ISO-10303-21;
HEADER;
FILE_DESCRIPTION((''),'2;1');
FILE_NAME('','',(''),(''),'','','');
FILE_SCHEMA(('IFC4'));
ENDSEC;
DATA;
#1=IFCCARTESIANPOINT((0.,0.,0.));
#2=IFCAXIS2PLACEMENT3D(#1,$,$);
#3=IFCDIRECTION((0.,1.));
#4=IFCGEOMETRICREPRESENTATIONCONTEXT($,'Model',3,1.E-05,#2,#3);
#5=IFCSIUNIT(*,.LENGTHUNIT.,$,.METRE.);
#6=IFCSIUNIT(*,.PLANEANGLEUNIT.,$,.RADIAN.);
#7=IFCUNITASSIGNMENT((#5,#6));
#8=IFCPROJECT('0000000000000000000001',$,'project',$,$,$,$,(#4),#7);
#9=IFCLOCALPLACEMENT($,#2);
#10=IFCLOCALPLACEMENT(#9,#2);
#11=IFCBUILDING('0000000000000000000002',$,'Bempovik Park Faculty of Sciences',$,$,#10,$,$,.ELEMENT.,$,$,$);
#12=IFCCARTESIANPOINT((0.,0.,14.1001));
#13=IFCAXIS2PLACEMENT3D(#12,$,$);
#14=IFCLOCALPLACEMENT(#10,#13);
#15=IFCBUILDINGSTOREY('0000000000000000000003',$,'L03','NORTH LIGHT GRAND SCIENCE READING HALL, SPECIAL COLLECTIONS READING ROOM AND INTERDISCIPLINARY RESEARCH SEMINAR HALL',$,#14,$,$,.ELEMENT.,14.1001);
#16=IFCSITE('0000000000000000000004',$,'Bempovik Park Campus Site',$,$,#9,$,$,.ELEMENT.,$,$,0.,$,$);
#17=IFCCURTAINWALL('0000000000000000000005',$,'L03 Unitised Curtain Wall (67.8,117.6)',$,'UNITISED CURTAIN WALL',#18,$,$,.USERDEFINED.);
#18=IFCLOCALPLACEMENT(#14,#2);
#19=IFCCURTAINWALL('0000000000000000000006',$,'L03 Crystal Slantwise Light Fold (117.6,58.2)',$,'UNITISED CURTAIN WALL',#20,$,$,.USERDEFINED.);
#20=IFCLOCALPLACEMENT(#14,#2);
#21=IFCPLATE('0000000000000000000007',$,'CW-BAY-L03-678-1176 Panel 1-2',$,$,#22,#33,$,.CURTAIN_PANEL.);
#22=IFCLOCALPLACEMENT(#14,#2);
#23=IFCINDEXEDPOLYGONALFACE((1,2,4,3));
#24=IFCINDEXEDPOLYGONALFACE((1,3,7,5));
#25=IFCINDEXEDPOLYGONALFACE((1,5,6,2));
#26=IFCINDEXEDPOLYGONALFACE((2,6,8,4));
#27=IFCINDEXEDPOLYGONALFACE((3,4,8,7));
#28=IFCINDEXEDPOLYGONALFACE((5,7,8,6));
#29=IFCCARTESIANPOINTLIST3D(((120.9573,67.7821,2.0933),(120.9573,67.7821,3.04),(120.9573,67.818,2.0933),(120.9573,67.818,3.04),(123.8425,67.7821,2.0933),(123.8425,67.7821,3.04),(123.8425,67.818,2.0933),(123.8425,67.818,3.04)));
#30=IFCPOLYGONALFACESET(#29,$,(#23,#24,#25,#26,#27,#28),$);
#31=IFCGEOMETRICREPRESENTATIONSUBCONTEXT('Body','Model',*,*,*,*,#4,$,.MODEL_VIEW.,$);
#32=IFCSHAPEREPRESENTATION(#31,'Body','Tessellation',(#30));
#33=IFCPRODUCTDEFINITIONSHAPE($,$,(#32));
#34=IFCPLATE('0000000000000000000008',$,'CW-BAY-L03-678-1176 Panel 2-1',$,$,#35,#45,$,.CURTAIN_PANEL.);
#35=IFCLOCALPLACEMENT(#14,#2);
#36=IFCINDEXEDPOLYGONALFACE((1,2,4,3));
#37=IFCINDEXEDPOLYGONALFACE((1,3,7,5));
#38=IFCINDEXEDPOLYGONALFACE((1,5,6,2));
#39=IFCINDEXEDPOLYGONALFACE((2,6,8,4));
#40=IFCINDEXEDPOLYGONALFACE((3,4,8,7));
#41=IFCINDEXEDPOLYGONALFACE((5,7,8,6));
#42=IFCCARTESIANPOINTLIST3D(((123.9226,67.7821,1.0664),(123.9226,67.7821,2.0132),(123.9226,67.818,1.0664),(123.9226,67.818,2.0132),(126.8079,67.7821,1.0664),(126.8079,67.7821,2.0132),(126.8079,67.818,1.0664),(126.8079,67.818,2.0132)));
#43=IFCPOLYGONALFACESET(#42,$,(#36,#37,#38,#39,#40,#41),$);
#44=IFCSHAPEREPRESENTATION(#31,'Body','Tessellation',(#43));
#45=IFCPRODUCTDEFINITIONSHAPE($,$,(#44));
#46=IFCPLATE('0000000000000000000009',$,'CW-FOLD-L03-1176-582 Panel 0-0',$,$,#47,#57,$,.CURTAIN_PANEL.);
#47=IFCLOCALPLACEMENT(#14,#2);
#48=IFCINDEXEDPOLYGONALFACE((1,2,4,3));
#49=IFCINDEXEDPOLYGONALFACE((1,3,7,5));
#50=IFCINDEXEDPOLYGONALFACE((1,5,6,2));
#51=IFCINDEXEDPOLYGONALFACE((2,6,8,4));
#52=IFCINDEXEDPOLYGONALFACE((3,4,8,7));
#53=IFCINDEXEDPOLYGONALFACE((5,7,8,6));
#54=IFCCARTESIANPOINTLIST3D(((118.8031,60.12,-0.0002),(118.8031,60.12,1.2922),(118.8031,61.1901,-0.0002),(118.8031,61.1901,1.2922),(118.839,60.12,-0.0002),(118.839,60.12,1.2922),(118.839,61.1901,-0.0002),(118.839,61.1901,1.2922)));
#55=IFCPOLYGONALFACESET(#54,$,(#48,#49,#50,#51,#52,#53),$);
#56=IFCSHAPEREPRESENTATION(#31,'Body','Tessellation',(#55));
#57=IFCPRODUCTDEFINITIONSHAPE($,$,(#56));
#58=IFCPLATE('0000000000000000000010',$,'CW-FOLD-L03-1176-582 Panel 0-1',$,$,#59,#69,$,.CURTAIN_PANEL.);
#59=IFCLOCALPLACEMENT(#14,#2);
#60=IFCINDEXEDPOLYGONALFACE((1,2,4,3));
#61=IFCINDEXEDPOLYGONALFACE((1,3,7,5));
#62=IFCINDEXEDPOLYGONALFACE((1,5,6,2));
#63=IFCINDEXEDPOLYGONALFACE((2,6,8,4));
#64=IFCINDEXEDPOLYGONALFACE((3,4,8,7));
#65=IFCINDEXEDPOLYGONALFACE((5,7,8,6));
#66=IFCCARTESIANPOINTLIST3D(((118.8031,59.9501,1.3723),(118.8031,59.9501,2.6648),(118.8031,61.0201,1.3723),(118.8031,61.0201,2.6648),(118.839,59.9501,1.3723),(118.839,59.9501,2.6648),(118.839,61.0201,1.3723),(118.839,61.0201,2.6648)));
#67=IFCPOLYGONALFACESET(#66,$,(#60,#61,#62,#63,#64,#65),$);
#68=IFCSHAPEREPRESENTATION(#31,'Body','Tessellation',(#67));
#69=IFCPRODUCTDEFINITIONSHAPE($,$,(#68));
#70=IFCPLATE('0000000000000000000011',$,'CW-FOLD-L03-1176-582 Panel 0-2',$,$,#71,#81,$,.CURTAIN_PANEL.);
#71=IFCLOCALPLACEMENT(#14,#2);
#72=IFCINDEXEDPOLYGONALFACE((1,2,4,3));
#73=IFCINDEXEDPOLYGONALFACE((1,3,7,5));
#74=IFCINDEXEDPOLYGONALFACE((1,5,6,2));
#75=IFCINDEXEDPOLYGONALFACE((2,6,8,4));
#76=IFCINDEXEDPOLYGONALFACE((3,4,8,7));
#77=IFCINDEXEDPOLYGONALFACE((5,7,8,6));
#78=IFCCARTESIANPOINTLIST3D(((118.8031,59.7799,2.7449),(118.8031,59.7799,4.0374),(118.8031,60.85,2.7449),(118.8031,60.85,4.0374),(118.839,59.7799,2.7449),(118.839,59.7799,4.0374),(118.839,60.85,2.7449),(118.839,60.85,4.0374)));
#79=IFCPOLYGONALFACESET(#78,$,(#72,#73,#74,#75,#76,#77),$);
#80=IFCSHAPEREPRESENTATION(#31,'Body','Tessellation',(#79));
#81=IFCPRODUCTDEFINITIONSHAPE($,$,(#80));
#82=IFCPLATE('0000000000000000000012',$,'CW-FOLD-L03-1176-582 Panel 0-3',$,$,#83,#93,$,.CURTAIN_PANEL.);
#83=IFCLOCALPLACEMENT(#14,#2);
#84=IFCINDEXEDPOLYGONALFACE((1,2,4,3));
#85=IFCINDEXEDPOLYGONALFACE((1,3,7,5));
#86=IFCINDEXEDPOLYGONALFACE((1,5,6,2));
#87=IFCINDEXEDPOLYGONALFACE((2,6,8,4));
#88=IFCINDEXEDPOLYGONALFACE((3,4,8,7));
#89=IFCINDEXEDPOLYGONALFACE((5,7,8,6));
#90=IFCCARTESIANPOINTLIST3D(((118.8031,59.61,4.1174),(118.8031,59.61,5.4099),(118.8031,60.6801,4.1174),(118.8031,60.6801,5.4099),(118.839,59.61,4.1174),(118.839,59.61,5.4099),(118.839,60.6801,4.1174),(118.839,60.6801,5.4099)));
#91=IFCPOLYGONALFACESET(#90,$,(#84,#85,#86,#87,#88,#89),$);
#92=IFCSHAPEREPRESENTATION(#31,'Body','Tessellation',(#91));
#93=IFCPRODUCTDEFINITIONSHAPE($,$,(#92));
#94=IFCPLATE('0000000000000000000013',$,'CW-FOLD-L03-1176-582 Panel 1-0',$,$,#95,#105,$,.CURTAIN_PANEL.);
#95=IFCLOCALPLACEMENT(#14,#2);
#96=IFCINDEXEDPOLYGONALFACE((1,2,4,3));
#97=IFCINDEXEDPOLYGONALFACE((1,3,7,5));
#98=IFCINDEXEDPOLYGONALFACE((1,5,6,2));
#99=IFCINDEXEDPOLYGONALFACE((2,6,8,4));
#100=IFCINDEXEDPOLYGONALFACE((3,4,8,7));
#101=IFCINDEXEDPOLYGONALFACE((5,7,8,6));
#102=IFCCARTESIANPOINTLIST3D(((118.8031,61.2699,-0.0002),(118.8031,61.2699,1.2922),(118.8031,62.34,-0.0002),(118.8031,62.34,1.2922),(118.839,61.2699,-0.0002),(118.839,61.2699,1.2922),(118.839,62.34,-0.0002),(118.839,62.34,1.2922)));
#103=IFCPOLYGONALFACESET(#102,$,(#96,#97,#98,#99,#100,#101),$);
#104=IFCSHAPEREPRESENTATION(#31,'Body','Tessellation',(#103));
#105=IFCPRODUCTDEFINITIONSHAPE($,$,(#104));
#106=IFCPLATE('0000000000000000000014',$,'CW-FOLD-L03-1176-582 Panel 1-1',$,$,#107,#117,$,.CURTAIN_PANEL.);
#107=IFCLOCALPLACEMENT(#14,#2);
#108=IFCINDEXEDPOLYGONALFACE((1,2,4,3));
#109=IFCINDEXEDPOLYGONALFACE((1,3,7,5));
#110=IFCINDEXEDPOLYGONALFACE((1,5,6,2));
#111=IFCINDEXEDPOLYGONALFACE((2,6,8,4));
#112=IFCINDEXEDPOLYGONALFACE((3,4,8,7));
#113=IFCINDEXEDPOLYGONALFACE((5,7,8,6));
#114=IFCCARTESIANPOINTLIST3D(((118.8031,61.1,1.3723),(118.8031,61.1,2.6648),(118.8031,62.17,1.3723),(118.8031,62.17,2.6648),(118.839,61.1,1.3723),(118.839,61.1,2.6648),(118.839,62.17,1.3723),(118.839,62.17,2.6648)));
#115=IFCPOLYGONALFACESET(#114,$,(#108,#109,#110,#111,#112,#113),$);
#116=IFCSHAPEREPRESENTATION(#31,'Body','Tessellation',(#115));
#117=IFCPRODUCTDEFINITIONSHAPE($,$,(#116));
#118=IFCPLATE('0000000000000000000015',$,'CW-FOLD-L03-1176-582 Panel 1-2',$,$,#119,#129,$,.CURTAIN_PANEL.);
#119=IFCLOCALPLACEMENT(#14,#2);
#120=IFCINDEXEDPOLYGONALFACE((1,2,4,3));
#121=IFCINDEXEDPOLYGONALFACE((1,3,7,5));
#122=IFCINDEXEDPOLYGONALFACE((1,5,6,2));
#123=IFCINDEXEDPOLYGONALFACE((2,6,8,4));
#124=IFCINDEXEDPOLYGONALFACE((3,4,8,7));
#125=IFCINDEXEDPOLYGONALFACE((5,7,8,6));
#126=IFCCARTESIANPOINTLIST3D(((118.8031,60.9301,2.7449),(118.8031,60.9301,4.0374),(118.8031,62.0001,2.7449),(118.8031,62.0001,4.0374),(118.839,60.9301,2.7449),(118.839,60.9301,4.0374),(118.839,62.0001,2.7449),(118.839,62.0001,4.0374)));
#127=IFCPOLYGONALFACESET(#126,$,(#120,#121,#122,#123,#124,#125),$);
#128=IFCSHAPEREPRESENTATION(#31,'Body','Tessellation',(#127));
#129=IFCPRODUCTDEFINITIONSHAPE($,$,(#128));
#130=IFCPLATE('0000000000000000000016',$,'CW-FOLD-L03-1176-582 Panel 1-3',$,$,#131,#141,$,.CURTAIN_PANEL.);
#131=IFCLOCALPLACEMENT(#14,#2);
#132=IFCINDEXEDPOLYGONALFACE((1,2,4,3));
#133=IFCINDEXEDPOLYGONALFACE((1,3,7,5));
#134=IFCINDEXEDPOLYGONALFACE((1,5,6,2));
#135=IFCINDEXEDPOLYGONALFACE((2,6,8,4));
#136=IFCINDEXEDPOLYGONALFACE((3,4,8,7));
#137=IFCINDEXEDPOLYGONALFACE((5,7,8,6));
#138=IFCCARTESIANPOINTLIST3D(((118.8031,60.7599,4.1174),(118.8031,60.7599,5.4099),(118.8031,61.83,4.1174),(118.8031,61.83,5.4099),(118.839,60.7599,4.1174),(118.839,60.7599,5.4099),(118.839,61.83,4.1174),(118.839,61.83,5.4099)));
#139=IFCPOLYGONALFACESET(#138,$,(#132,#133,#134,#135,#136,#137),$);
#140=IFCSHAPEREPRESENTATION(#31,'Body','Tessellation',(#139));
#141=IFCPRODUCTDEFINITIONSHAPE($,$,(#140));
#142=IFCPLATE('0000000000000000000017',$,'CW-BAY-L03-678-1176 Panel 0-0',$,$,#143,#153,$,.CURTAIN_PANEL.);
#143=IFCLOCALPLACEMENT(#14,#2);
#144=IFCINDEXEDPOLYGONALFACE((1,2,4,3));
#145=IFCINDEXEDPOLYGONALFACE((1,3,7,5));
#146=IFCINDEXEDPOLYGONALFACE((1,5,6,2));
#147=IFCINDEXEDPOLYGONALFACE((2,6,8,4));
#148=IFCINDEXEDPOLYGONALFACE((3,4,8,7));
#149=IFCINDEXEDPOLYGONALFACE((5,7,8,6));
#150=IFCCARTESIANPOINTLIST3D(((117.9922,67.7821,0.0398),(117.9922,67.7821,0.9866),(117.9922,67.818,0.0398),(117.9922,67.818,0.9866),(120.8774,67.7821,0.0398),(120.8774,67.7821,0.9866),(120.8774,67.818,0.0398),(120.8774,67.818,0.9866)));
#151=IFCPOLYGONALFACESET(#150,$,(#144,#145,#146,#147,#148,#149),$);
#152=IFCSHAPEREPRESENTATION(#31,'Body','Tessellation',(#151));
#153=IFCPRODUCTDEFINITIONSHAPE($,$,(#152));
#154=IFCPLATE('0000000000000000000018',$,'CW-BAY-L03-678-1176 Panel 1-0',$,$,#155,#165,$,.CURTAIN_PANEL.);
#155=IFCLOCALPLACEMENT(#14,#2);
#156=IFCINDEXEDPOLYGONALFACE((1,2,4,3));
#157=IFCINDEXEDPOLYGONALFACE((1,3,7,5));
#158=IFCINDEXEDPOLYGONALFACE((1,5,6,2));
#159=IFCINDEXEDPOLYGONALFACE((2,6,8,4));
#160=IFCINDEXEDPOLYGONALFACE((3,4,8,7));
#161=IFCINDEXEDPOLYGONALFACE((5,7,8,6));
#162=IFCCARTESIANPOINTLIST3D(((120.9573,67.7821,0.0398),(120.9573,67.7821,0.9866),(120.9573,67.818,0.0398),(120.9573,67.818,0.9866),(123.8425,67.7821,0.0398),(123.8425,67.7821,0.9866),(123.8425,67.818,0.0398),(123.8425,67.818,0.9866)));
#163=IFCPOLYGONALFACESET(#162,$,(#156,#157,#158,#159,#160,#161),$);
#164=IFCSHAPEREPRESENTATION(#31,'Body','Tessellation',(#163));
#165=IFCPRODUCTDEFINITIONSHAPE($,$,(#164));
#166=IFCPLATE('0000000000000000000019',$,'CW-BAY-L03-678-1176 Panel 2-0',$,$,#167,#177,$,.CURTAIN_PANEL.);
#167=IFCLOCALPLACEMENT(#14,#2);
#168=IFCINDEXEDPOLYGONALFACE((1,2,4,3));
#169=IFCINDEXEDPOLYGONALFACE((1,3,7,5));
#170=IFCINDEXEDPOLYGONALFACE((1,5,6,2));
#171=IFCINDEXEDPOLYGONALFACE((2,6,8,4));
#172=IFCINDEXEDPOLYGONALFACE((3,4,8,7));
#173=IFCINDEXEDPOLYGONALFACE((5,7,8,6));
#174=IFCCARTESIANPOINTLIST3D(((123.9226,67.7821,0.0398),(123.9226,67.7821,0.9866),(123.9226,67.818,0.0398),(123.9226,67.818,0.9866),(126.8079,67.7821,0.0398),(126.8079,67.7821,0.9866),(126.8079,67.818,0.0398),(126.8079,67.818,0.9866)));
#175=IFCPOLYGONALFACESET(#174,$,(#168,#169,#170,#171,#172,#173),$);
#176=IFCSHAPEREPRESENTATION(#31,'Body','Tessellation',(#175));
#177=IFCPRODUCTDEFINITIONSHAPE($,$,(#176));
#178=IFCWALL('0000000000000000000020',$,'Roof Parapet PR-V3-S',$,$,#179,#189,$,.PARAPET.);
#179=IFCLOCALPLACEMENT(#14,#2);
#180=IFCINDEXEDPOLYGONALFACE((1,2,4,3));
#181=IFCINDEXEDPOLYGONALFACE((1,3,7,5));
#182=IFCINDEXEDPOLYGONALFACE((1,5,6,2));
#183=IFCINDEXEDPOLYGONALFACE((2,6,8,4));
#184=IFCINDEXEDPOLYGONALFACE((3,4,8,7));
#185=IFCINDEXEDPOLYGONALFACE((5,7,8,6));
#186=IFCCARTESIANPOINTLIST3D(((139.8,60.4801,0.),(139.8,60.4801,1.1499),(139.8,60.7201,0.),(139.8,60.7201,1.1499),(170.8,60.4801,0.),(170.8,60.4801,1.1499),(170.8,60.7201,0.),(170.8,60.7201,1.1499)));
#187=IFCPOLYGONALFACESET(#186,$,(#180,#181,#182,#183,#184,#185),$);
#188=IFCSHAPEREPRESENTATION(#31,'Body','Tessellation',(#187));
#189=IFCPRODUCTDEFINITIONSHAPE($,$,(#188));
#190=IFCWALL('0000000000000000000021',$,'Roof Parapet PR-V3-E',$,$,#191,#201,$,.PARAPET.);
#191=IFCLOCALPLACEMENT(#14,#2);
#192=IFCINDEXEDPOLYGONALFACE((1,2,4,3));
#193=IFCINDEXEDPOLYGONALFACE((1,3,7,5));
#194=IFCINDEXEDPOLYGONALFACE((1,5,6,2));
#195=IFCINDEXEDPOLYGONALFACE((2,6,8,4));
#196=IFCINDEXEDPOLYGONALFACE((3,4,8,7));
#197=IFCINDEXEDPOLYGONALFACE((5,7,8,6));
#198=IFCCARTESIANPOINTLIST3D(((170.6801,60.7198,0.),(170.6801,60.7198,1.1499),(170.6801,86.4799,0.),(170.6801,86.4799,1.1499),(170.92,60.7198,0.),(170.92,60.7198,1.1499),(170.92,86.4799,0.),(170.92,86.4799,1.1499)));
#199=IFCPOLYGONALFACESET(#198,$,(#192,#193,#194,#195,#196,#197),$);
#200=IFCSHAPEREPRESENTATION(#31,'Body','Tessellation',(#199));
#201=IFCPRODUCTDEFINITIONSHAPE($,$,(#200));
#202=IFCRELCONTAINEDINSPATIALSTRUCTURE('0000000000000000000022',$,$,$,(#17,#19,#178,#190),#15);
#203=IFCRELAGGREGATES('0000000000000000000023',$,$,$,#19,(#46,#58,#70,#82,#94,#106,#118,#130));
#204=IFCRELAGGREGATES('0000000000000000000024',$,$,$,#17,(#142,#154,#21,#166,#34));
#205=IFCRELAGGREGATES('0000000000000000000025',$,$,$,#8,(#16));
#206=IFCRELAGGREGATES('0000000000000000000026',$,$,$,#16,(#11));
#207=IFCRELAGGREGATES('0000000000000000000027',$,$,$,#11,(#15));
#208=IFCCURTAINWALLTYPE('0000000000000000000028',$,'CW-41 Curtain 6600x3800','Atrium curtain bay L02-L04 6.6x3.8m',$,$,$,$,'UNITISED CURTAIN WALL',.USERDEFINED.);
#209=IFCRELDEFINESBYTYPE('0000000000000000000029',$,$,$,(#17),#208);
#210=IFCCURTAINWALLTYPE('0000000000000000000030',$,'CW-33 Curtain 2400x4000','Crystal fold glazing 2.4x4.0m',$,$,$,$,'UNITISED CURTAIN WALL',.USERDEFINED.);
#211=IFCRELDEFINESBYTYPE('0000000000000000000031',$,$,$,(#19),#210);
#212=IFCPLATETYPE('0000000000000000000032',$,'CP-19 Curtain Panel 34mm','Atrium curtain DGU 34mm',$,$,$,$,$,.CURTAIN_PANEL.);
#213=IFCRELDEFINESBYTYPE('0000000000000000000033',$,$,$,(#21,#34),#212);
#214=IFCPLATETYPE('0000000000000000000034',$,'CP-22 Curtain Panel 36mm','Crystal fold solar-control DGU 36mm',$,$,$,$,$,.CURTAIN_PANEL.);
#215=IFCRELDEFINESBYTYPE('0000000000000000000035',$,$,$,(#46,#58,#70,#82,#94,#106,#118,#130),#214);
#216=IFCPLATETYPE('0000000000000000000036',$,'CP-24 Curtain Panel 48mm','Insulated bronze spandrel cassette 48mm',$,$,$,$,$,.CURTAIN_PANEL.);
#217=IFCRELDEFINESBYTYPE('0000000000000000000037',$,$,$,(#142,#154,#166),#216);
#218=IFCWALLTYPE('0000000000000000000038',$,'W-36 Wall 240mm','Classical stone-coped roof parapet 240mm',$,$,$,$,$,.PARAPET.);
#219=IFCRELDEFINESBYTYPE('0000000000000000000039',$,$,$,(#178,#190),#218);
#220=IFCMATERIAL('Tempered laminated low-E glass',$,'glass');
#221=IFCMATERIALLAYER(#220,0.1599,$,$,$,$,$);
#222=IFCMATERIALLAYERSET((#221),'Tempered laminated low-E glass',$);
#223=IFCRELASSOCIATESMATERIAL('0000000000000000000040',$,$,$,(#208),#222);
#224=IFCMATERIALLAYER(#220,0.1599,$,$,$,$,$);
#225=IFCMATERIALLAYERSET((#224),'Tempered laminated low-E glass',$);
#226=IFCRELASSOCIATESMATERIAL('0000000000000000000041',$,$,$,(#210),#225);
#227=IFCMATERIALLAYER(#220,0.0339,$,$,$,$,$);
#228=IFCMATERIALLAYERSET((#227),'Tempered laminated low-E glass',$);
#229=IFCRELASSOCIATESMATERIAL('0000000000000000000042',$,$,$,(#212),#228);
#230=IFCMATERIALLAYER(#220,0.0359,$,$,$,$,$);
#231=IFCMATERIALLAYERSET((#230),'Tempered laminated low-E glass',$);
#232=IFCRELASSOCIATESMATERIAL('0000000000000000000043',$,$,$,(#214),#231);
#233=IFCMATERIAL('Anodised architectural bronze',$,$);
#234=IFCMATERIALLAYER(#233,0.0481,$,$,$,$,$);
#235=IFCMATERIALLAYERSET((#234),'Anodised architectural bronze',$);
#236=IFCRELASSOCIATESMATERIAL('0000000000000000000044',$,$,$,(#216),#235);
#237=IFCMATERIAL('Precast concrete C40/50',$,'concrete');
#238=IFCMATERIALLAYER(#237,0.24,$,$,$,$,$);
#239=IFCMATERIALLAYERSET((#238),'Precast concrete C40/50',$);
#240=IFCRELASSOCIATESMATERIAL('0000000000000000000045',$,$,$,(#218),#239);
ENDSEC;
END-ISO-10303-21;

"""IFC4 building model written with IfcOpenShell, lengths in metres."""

from ifc_helpers import new_model, si_unit, direction, frame, frame_2d, origin, origin_2d, place, context, subcontext, project, spatial, rectangle, extrude, material, layer, layer_set, type_object, element, aggregate, save


model = new_model("IFC4")

# Units and contexts
model_context = context("Model", 3, precision=1e-05, world=origin(), true_north=direction((0.0, 1.0)))
body_context = subcontext(model_context, "Body", "Model", "MODEL_VIEW")
ifc_project = project(units=[si_unit("LENGTHUNIT", "METRE"), si_unit("PLANEANGLEUNIT", "RADIAN")], contexts=[model_context])

# Site, building, storey
site_placement = place(None, origin())
site = spatial("IfcSite", under=ifc_project, at=site_placement, Name="Bempovik Park Campus Site", CompositionType="ELEMENT", RefElevation=0.0)
building_placement = place(site_placement, origin())
building = spatial("IfcBuilding", under=site, at=building_placement, Name="Bempovik Park Faculty of Sciences", CompositionType="ELEMENT")
storey_placement = place(building_placement, frame((0.0, 0.0, 14.1001)))
storey = spatial("IfcBuildingStorey", under=building, at=storey_placement, Name="L03", Description="NORTH LIGHT GRAND SCIENCE READING HALL, SPECIAL COLLECTIONS READING ROOM AND INTERDISCIPLINARY RESEARCH SEMINAR HALL", CompositionType="ELEMENT", Elevation=14.1001)

# Curtain wall
ifc_material_1 = material(Name="Tempered laminated low-E glass", Category="glass")
ifc_layer_1 = layer(ifc_material_1, 0.1599)
ifc_layer_set_1 = layer_set([ifc_layer_1], Name="Tempered laminated low-E glass")
curtain_wall_type_1 = type_object("IfcCurtainWallType", Name="CW-41 Curtain 6600x3800", Description="Atrium curtain bay L02-L04 6.6x3.8m", ElementType="UNITISED CURTAIN WALL", PredefinedType="USERDEFINED", material=ifc_layer_set_1)
curtain_wall_1_placement = place(storey_placement, origin())
curtain_wall_1 = element("IfcCurtainWall", 1, at=curtain_wall_1_placement, inside=storey, type_object=curtain_wall_type_1, Name="L03 Unitised Curtain Wall (67.8,117.6)", ObjectType="UNITISED CURTAIN WALL", PredefinedType="USERDEFINED")

# Shared definitions
ifc_layer_2 = layer(ifc_material_1, 0.1599)
ifc_layer_set_2 = layer_set([ifc_layer_2], Name="Tempered laminated low-E glass")
curtain_wall_type_2 = type_object("IfcCurtainWallType", Name="CW-33 Curtain 2400x4000", Description="Crystal fold glazing 2.4x4.0m", ElementType="UNITISED CURTAIN WALL", PredefinedType="USERDEFINED", material=ifc_layer_set_2)

# Curtain wall
curtain_wall_2_placement = place(storey_placement, origin())
curtain_wall_2 = element("IfcCurtainWall", 2, at=curtain_wall_2_placement, inside=storey, type_object=curtain_wall_type_2, Name="L03 Crystal Slantwise Light Fold (117.6,58.2)", ObjectType="UNITISED CURTAIN WALL", PredefinedType="USERDEFINED")

# Plates
ifc_layer_3 = layer(ifc_material_1, 0.0339)
ifc_layer_set_3 = layer_set([ifc_layer_3], Name="Tempered laminated low-E glass")
plate_type_1 = type_object("IfcPlateType", Name="CP-19 Curtain Panel 34mm", Description="Atrium curtain DGU 34mm", PredefinedType="CURTAIN_PANEL", material=ifc_layer_set_3)
plate_1_placement = place(storey_placement, frame((122.3999, 67.8, 2.0933), z_axis=(0.0, 0.0, 1.0), x_axis=(1.0, 0.0, 0.0)))
plate_1 = element("IfcPlate", 3, at=plate_1_placement, type_object=plate_type_1, Name="CW-BAY-L03-678-1176 Panel 1-2", PredefinedType="CURTAIN_PANEL", context=body_context, shape_type="SweptSolid", body=[
    extrude(rectangle(XDim=2.8853, YDim=0.0359, at=origin_2d()), origin(), (0.0, 0.0, 1.0), 0.9468),
])
plate_2_placement = place(storey_placement, frame((125.3652, 67.8, 1.0664), z_axis=(0.0, 0.0, 1.0), x_axis=(1.0, 0.0, 0.0)))
plate_2 = element("IfcPlate", 4, at=plate_2_placement, type_object=plate_type_1, Name="CW-BAY-L03-678-1176 Panel 2-1", PredefinedType="CURTAIN_PANEL", context=body_context, shape_type="SweptSolid", body=[
    extrude(rectangle(XDim=2.8853, YDim=0.0359, at=origin_2d()), origin(), (0.0, 0.0, 1.0), 0.9468),
])
ifc_layer_4 = layer(ifc_material_1, 0.0359)
ifc_layer_set_4 = layer_set([ifc_layer_4], Name="Tempered laminated low-E glass")
plate_type_2 = type_object("IfcPlateType", Name="CP-22 Curtain Panel 36mm", Description="Crystal fold solar-control DGU 36mm", PredefinedType="CURTAIN_PANEL", material=ifc_layer_set_4)
plate_3_placement = place(storey_placement, frame((118.821, 60.655, -0.0002), z_axis=(0.0, 0.0, 1.0), x_axis=(0.0, 1.0, 0.0)))
plate_3 = element("IfcPlate", 5, at=plate_3_placement, type_object=plate_type_2, Name="CW-FOLD-L03-1176-582 Panel 0-0", PredefinedType="CURTAIN_PANEL", context=body_context, shape_type="SweptSolid", body=[
    extrude(rectangle(XDim=1.0701, YDim=0.0359, at=origin_2d()), origin(), (0.0, 0.0, 1.0), 1.2925),
])
plate_4_placement = place(storey_placement, frame((118.821, 60.4851, 1.3723), z_axis=(0.0, 0.0, 1.0), x_axis=(0.0, 1.0, 0.0)))
plate_4 = element("IfcPlate", 6, at=plate_4_placement, type_object=plate_type_2, Name="CW-FOLD-L03-1176-582 Panel 0-1", PredefinedType="CURTAIN_PANEL", context=body_context, shape_type="SweptSolid", body=[
    extrude(rectangle(XDim=1.0701, YDim=0.0359, at=origin_2d()), origin(), (0.0, 0.0, 1.0), 1.2925),
])
plate_5_placement = place(storey_placement, frame((118.821, 60.3149, 2.7449), z_axis=(0.0, 0.0, 1.0), x_axis=(0.0, 1.0, 0.0)))
plate_5 = element("IfcPlate", 7, at=plate_5_placement, type_object=plate_type_2, Name="CW-FOLD-L03-1176-582 Panel 0-2", PredefinedType="CURTAIN_PANEL", context=body_context, shape_type="SweptSolid", body=[
    extrude(rectangle(XDim=1.0701, YDim=0.0359, at=origin_2d()), origin(), (0.0, 0.0, 1.0), 1.2925),
])
plate_6_placement = place(storey_placement, frame((118.821, 60.145, 4.1174), z_axis=(0.0, 0.0, 1.0), x_axis=(0.0, 1.0, 0.0)))
plate_6 = element("IfcPlate", 8, at=plate_6_placement, type_object=plate_type_2, Name="CW-FOLD-L03-1176-582 Panel 0-3", PredefinedType="CURTAIN_PANEL", context=body_context, shape_type="SweptSolid", body=[
    extrude(rectangle(XDim=1.0701, YDim=0.0359, at=origin_2d()), origin(), (0.0, 0.0, 1.0), 1.2925),
])
plate_7_placement = place(storey_placement, frame((118.821, 61.8049, -0.0002), z_axis=(0.0, 0.0, 1.0), x_axis=(0.0, 1.0, 0.0)))
plate_7 = element("IfcPlate", 9, at=plate_7_placement, type_object=plate_type_2, Name="CW-FOLD-L03-1176-582 Panel 1-0", PredefinedType="CURTAIN_PANEL", context=body_context, shape_type="SweptSolid", body=[
    extrude(rectangle(XDim=1.0701, YDim=0.0359, at=origin_2d()), origin(), (0.0, 0.0, 1.0), 1.2925),
])
plate_8_placement = place(storey_placement, frame((118.821, 61.635, 1.3723), z_axis=(0.0, 0.0, 1.0), x_axis=(0.0, 1.0, 0.0)))
plate_8 = element("IfcPlate", 10, at=plate_8_placement, type_object=plate_type_2, Name="CW-FOLD-L03-1176-582 Panel 1-1", PredefinedType="CURTAIN_PANEL", context=body_context, shape_type="SweptSolid", body=[
    extrude(rectangle(XDim=1.0701, YDim=0.0359, at=origin_2d()), origin(), (0.0, 0.0, 1.0), 1.2925),
])
plate_9_placement = place(storey_placement, frame((118.821, 61.4651, 2.7449), z_axis=(0.0, 0.0, 1.0), x_axis=(0.0, 1.0, 0.0)))
plate_9 = element("IfcPlate", 11, at=plate_9_placement, type_object=plate_type_2, Name="CW-FOLD-L03-1176-582 Panel 1-2", PredefinedType="CURTAIN_PANEL", context=body_context, shape_type="SweptSolid", body=[
    extrude(rectangle(XDim=1.0701, YDim=0.0359, at=origin_2d()), origin(), (0.0, 0.0, 1.0), 1.2925),
])
plate_10_placement = place(storey_placement, frame((118.821, 61.2949, 4.1174), z_axis=(0.0, 0.0, 1.0), x_axis=(0.0, 1.0, 0.0)))
plate_10 = element("IfcPlate", 12, at=plate_10_placement, type_object=plate_type_2, Name="CW-FOLD-L03-1176-582 Panel 1-3", PredefinedType="CURTAIN_PANEL", context=body_context, shape_type="SweptSolid", body=[
    extrude(rectangle(XDim=1.0701, YDim=0.0359, at=origin_2d()), origin(), (0.0, 0.0, 1.0), 1.2925),
])
aggregate(curtain_wall_2, [plate_3, plate_4, plate_5, plate_6, plate_7, plate_8, plate_9, plate_10])
ifc_material_2 = material(Name="Anodised architectural bronze")
ifc_layer_5 = layer(ifc_material_2, 0.0481)
ifc_layer_set_5 = layer_set([ifc_layer_5], Name="Anodised architectural bronze")
plate_type_3 = type_object("IfcPlateType", Name="CP-24 Curtain Panel 48mm", Description="Insulated bronze spandrel cassette 48mm", PredefinedType="CURTAIN_PANEL", material=ifc_layer_set_5)
plate_11_placement = place(storey_placement, frame((119.4348, 67.8, 0.0398), z_axis=(0.0, 0.0, 1.0), x_axis=(1.0, 0.0, 0.0)))
plate_11 = element("IfcPlate", 13, at=plate_11_placement, type_object=plate_type_3, Name="CW-BAY-L03-678-1176 Panel 0-0", PredefinedType="CURTAIN_PANEL", context=body_context, shape_type="SweptSolid", body=[
    extrude(rectangle(XDim=2.8853, YDim=0.0359, at=origin_2d()), origin(), (0.0, 0.0, 1.0), 0.9468),
])
plate_12_placement = place(storey_placement, frame((122.3999, 67.8, 0.0398), z_axis=(0.0, 0.0, 1.0), x_axis=(1.0, 0.0, 0.0)))
plate_12 = element("IfcPlate", 14, at=plate_12_placement, type_object=plate_type_3, Name="CW-BAY-L03-678-1176 Panel 1-0", PredefinedType="CURTAIN_PANEL", context=body_context, shape_type="SweptSolid", body=[
    extrude(rectangle(XDim=2.8853, YDim=0.0359, at=origin_2d()), origin(), (0.0, 0.0, 1.0), 0.9468),
])
plate_13_placement = place(storey_placement, frame((125.3652, 67.8, 0.0398), z_axis=(0.0, 0.0, 1.0), x_axis=(1.0, 0.0, 0.0)))
plate_13 = element("IfcPlate", 15, at=plate_13_placement, type_object=plate_type_3, Name="CW-BAY-L03-678-1176 Panel 2-0", PredefinedType="CURTAIN_PANEL", context=body_context, shape_type="SweptSolid", body=[
    extrude(rectangle(XDim=2.8853, YDim=0.0359, at=origin_2d()), origin(), (0.0, 0.0, 1.0), 0.9468),
])
aggregate(curtain_wall_1, [plate_11, plate_12, plate_1, plate_13, plate_2])

# Walls
ifc_material_3 = material(Name="Precast concrete C40/50", Category="concrete")
ifc_layer_6 = layer(ifc_material_3, 0.24)
ifc_layer_set_6 = layer_set([ifc_layer_6], Name="Precast concrete C40/50")
wall_type = type_object("IfcWallType", Name="W-36 Wall 240mm", Description="Classical stone-coped roof parapet 240mm", PredefinedType="PARAPET", material=ifc_layer_set_6)
wall_1_placement = place(storey_placement, frame((139.8, 60.6001, 0.0), z_axis=(0.0, 0.0, 1.0), x_axis=(1.0, 0.0, 0.0)))
element("IfcWall", 16, at=wall_1_placement, inside=storey, type_object=wall_type, Name="Roof Parapet PR-V3-S", PredefinedType="PARAPET", context=body_context, shape_type="SweptSolid", body=[
    extrude(rectangle(XDim=31.0, YDim=0.24, at=frame_2d((15.5, 0.0))), origin(), (0.0, 0.0, 1.0), 1.1499),
])
wall_2_placement = place(storey_placement, frame((170.8, 60.72, 0.0), z_axis=(0.0, 0.0, 1.0), x_axis=(0.0, 1.0, 0.0)))
element("IfcWall", 17, at=wall_2_placement, inside=storey, type_object=wall_type, Name="Roof Parapet PR-V3-E", PredefinedType="PARAPET", context=body_context, shape_type="SweptSolid", body=[
    extrude(rectangle(XDim=25.76, YDim=0.24, at=frame_2d((12.8799, 0.0))), origin(), (0.0, 0.0, 1.0), 1.1499),
])

save(model, "model.ifc")
